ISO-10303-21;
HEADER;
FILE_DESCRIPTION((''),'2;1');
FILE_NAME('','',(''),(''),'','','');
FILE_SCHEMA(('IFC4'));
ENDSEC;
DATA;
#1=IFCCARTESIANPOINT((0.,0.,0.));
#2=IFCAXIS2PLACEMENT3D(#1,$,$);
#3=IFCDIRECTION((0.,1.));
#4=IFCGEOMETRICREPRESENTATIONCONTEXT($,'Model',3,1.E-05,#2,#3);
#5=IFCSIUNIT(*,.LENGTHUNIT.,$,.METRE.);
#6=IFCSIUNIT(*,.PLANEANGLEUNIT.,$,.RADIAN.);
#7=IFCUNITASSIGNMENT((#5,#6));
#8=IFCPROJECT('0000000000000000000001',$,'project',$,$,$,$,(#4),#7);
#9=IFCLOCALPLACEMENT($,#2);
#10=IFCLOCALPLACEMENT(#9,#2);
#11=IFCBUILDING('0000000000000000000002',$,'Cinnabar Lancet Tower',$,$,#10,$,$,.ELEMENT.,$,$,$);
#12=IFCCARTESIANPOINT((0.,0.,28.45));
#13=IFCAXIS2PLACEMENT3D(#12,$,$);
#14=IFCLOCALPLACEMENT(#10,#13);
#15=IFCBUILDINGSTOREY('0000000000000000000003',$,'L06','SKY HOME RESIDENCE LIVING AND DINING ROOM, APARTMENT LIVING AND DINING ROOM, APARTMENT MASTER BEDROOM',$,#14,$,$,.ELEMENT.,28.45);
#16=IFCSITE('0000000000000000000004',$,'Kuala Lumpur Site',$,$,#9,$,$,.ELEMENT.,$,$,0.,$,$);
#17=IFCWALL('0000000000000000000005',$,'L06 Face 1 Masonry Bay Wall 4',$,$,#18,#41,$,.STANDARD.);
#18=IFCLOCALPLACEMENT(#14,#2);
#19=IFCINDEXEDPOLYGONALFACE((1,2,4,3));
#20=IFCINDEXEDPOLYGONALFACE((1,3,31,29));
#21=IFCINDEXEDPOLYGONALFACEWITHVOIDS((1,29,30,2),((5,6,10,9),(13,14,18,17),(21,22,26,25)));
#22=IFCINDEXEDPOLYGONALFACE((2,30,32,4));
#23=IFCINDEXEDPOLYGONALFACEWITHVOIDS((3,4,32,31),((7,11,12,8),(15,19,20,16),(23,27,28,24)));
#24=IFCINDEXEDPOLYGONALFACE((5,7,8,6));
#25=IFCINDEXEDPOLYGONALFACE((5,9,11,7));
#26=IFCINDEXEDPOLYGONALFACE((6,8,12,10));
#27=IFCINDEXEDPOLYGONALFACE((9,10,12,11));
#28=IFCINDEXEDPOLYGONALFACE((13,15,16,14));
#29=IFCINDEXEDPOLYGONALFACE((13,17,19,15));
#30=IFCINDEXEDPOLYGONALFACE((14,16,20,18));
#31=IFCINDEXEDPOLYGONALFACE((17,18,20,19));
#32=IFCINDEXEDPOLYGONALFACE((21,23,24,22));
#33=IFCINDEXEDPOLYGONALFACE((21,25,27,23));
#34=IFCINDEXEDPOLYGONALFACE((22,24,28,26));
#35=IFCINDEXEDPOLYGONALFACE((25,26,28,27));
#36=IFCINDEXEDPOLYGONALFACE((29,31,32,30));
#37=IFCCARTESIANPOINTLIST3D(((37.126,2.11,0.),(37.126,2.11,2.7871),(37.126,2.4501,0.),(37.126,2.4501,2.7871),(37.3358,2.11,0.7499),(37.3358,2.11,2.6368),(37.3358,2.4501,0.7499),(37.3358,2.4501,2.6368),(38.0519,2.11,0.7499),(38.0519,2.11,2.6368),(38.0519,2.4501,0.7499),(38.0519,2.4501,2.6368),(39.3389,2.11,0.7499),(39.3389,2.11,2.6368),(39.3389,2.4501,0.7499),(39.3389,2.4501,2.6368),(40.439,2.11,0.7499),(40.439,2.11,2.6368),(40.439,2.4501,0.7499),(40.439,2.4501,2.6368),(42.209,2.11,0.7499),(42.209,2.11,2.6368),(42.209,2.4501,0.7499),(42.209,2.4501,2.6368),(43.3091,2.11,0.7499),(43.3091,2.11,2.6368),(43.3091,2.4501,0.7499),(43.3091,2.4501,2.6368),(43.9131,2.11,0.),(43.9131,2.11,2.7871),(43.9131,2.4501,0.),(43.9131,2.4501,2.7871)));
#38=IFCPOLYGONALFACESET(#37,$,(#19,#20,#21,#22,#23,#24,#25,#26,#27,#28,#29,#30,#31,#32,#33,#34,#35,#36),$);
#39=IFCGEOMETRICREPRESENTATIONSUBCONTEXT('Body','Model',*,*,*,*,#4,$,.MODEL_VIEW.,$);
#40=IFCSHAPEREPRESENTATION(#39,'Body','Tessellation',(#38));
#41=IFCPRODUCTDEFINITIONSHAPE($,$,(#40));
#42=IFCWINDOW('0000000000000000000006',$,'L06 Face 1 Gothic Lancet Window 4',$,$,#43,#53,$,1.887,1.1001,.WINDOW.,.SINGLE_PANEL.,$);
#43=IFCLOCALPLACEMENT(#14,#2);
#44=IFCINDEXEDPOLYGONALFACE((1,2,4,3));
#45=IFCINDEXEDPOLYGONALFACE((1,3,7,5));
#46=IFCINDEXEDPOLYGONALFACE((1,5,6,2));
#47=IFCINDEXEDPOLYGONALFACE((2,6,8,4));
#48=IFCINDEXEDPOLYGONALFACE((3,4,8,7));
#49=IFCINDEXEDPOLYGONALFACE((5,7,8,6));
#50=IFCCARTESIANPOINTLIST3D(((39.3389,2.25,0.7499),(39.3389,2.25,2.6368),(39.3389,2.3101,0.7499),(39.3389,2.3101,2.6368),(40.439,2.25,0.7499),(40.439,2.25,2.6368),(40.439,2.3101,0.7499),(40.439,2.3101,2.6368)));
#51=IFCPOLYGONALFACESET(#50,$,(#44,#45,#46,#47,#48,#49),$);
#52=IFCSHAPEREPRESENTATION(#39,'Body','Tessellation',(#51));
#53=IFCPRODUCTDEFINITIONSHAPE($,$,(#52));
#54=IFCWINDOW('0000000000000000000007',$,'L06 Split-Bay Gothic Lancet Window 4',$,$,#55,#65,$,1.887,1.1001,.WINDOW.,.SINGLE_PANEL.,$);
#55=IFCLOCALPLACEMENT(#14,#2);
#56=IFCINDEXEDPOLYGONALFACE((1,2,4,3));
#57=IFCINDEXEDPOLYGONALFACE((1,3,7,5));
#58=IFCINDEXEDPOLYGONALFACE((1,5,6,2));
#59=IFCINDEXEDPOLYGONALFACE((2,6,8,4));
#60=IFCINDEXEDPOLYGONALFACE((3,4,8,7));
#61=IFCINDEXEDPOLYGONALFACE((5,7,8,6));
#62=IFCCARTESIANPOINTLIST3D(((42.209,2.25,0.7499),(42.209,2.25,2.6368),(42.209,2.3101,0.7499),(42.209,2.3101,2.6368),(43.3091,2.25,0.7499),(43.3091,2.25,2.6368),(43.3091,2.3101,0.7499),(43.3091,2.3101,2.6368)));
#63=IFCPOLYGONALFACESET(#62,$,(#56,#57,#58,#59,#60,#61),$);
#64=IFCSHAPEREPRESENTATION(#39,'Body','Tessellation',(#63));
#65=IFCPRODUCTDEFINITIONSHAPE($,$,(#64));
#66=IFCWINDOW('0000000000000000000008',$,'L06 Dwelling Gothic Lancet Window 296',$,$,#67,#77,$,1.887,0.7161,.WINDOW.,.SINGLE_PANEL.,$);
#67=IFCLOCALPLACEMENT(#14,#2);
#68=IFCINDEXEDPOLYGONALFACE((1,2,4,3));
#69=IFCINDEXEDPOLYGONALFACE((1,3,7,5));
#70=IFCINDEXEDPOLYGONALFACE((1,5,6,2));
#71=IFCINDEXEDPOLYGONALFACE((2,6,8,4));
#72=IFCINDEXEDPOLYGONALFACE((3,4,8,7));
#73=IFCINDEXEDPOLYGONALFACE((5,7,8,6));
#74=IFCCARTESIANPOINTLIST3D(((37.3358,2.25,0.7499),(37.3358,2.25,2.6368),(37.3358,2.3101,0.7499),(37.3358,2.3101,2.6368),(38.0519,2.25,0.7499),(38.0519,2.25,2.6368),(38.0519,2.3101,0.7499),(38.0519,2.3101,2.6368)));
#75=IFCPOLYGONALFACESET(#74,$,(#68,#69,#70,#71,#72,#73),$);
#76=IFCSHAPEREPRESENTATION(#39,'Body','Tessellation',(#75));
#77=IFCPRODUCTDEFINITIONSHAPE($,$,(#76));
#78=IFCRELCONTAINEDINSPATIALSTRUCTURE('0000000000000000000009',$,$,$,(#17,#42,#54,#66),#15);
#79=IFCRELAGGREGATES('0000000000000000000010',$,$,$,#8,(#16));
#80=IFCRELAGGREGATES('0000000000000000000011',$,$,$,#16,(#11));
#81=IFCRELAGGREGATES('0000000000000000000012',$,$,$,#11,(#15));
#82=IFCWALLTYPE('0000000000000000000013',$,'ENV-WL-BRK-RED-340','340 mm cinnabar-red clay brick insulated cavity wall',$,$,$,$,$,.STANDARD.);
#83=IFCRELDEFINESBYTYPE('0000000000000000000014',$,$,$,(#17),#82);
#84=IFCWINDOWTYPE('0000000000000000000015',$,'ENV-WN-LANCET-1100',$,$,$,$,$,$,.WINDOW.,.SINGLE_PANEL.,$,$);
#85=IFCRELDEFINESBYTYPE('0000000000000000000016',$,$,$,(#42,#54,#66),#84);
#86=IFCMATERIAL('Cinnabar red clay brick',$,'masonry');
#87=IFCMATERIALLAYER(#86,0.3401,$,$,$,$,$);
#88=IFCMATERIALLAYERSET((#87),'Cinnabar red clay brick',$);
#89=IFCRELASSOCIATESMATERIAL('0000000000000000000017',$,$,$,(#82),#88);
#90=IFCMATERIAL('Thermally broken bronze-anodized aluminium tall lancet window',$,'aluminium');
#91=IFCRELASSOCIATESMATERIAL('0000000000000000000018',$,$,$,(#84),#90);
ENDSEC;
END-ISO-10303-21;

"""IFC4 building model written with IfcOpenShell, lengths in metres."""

from ifc_helpers import new_model, si_unit, direction, frame, frame_2d, origin, place, context, subcontext, project, spatial, rectangle, extrude, material, layer, layer_set, type_object, element, fill, save


model = new_model("IFC4")

# Units and contexts
model_context = context("Model", 3, precision=1e-05, world=origin(), true_north=direction((0.0, 1.0)))
body_context = subcontext(model_context, "Body", "Model", "MODEL_VIEW")
ifc_project = project(units=[si_unit("LENGTHUNIT", "METRE"), si_unit("PLANEANGLEUNIT", "RADIAN")], contexts=[model_context])

# Site, building, storey
site_placement = place(None, origin())
site = spatial("IfcSite", under=ifc_project, at=site_placement, Name="Kuala Lumpur Site", CompositionType="ELEMENT", RefElevation=0.0)
building_placement = place(site_placement, origin())
building = spatial("IfcBuilding", under=site, at=building_placement, Name="Cinnabar Lancet Tower", CompositionType="ELEMENT")
storey_placement = place(building_placement, frame((0.0, 0.0, 28.45)))
storey = spatial("IfcBuildingStorey", under=building, at=storey_placement, Name="L06", Description="SKY HOME RESIDENCE LIVING AND DINING ROOM, APARTMENT LIVING AND DINING ROOM, APARTMENT MASTER BEDROOM", CompositionType="ELEMENT", Elevation=28.45)

# Wall, openings, windows
ifc_material_1 = material(Name="Cinnabar red clay brick", Category="masonry")
ifc_layer_1 = layer(ifc_material_1, 0.3401)
ifc_layer_set_1 = layer_set([ifc_layer_1], Name="Cinnabar red clay brick")
wall_type_1 = type_object("IfcWallType", Name="ENV-WL-BRK-RED-340", Description="340 mm cinnabar-red clay brick insulated cavity wall", PredefinedType="STANDARD", material=ifc_layer_set_1)
wall_1_placement = place(storey_placement, frame((37.126, 2.28, 0.0), z_axis=(0.0, 0.0, 1.0), x_axis=(1.0, 0.0, 0.0)))
wall_1 = element("IfcWall", 1, at=wall_1_placement, inside=storey, type_object=wall_type_1, Name="L06 Face 1 Masonry Bay Wall 4", PredefinedType="STANDARD", context=body_context, shape_type="SweptSolid", body=[
    extrude(rectangle(XDim=6.7871, YDim=0.3401, at=frame_2d((3.3936, 0.0))), origin(), (0.0, 0.0, 1.0), 2.7871),
])
opening_1_placement = place(wall_1_placement, frame((2.2129, 0.0, 0.75)))
opening_1 = element("IfcOpeningElement", 2, at=opening_1_placement, cuts=wall_1, PredefinedType="OPENING", context=body_context, shape_type="SweptSolid", body=[
    extrude(rectangle(XDim=1.1001, YDim=1.887, at=frame_2d((0.55, 0.9434))), frame((0.0, 0.1799, 0.0), z_axis=(0.0, -1.0, 0.0), x_axis=(1.0, 0.0, 0.0)), (0.0, 0.0, 1.0), 0.3601),
])
opening_2_placement = place(wall_1_placement, frame((5.083, 0.0, 0.75)))
opening_2 = element("IfcOpeningElement", 3, at=opening_2_placement, cuts=wall_1, PredefinedType="OPENING", context=body_context, shape_type="SweptSolid", body=[
    extrude(rectangle(XDim=1.1001, YDim=1.887, at=frame_2d((0.55, 0.9434))), frame((0.0, 0.1799, 0.0), z_axis=(0.0, -1.0, 0.0), x_axis=(1.0, 0.0, 0.0)), (0.0, 0.0, 1.0), 0.3601),
])
opening_3_placement = place(wall_1_placement, frame((0.21, 0.0, 0.75)))
opening_3 = element("IfcOpeningElement", 4, at=opening_3_placement, cuts=wall_1, PredefinedType="OPENING", context=body_context, shape_type="SweptSolid", body=[
    extrude(rectangle(XDim=0.7161, YDim=1.887, at=frame_2d((0.3579, 0.9434))), frame((0.0, 0.1799, 0.0), z_axis=(0.0, -1.0, 0.0), x_axis=(1.0, 0.0, 0.0)), (0.0, 0.0, 1.0), 0.3601),
])
ifc_material_2 = material(Name="Thermally broken bronze-anodized aluminium tall lancet window", Category="aluminium")
window_type = type_object("IfcWindowType", Name="ENV-WN-LANCET-1100", PartitioningType="SINGLE_PANEL", PredefinedType="WINDOW", material=ifc_material_2)
window_1_placement = place(opening_1_placement, origin())
window_1 = element("IfcWindow", 5, at=window_1_placement, inside=storey, type_object=window_type, Name="L06 Face 1 Gothic Lancet Window 4", OverallHeight=1.887, OverallWidth=1.1001, PartitioningType="SINGLE_PANEL", PredefinedType="WINDOW", context=body_context, shape_type="SweptSolid", body=[
    extrude(rectangle(XDim=1.1001, YDim=1.887, at=frame_2d((0.55, 0.9434))), frame((0.0, 0.03, 0.0), z_axis=(0.0, -1.0, 0.0), x_axis=(1.0, 0.0, 0.0)), (0.0, 0.0, 1.0), 0.0601),
])
fill(opening_1, window_1)
window_2_placement = place(opening_2_placement, origin())
window_2 = element("IfcWindow", 6, at=window_2_placement, inside=storey, type_object=window_type, Name="L06 Split-Bay Gothic Lancet Window 4", OverallHeight=1.887, OverallWidth=1.1001, PartitioningType="SINGLE_PANEL", PredefinedType="WINDOW", context=body_context, shape_type="SweptSolid", body=[
    extrude(rectangle(XDim=1.1001, YDim=1.887, at=frame_2d((0.55, 0.9434))), frame((0.0, 0.03, 0.0), z_axis=(0.0, -1.0, 0.0), x_axis=(1.0, 0.0, 0.0)), (0.0, 0.0, 1.0), 0.0601),
])
fill(opening_2, window_2)
window_3_placement = place(opening_3_placement, origin())
window_3 = element("IfcWindow", 7, at=window_3_placement, inside=storey, type_object=window_type, Name="L06 Dwelling Gothic Lancet Window 296", OverallHeight=1.887, OverallWidth=0.7161, PartitioningType="SINGLE_PANEL", PredefinedType="WINDOW", context=body_context, shape_type="SweptSolid", body=[
    extrude(rectangle(XDim=0.7161, YDim=1.887, at=frame_2d((0.3579, 0.9434))), frame((0.0, 0.03, 0.0), z_axis=(0.0, -1.0, 0.0), x_axis=(1.0, 0.0, 0.0)), (0.0, 0.0, 1.0), 0.0601),
])
fill(opening_3, window_3)

save(model, "model.ifc")
